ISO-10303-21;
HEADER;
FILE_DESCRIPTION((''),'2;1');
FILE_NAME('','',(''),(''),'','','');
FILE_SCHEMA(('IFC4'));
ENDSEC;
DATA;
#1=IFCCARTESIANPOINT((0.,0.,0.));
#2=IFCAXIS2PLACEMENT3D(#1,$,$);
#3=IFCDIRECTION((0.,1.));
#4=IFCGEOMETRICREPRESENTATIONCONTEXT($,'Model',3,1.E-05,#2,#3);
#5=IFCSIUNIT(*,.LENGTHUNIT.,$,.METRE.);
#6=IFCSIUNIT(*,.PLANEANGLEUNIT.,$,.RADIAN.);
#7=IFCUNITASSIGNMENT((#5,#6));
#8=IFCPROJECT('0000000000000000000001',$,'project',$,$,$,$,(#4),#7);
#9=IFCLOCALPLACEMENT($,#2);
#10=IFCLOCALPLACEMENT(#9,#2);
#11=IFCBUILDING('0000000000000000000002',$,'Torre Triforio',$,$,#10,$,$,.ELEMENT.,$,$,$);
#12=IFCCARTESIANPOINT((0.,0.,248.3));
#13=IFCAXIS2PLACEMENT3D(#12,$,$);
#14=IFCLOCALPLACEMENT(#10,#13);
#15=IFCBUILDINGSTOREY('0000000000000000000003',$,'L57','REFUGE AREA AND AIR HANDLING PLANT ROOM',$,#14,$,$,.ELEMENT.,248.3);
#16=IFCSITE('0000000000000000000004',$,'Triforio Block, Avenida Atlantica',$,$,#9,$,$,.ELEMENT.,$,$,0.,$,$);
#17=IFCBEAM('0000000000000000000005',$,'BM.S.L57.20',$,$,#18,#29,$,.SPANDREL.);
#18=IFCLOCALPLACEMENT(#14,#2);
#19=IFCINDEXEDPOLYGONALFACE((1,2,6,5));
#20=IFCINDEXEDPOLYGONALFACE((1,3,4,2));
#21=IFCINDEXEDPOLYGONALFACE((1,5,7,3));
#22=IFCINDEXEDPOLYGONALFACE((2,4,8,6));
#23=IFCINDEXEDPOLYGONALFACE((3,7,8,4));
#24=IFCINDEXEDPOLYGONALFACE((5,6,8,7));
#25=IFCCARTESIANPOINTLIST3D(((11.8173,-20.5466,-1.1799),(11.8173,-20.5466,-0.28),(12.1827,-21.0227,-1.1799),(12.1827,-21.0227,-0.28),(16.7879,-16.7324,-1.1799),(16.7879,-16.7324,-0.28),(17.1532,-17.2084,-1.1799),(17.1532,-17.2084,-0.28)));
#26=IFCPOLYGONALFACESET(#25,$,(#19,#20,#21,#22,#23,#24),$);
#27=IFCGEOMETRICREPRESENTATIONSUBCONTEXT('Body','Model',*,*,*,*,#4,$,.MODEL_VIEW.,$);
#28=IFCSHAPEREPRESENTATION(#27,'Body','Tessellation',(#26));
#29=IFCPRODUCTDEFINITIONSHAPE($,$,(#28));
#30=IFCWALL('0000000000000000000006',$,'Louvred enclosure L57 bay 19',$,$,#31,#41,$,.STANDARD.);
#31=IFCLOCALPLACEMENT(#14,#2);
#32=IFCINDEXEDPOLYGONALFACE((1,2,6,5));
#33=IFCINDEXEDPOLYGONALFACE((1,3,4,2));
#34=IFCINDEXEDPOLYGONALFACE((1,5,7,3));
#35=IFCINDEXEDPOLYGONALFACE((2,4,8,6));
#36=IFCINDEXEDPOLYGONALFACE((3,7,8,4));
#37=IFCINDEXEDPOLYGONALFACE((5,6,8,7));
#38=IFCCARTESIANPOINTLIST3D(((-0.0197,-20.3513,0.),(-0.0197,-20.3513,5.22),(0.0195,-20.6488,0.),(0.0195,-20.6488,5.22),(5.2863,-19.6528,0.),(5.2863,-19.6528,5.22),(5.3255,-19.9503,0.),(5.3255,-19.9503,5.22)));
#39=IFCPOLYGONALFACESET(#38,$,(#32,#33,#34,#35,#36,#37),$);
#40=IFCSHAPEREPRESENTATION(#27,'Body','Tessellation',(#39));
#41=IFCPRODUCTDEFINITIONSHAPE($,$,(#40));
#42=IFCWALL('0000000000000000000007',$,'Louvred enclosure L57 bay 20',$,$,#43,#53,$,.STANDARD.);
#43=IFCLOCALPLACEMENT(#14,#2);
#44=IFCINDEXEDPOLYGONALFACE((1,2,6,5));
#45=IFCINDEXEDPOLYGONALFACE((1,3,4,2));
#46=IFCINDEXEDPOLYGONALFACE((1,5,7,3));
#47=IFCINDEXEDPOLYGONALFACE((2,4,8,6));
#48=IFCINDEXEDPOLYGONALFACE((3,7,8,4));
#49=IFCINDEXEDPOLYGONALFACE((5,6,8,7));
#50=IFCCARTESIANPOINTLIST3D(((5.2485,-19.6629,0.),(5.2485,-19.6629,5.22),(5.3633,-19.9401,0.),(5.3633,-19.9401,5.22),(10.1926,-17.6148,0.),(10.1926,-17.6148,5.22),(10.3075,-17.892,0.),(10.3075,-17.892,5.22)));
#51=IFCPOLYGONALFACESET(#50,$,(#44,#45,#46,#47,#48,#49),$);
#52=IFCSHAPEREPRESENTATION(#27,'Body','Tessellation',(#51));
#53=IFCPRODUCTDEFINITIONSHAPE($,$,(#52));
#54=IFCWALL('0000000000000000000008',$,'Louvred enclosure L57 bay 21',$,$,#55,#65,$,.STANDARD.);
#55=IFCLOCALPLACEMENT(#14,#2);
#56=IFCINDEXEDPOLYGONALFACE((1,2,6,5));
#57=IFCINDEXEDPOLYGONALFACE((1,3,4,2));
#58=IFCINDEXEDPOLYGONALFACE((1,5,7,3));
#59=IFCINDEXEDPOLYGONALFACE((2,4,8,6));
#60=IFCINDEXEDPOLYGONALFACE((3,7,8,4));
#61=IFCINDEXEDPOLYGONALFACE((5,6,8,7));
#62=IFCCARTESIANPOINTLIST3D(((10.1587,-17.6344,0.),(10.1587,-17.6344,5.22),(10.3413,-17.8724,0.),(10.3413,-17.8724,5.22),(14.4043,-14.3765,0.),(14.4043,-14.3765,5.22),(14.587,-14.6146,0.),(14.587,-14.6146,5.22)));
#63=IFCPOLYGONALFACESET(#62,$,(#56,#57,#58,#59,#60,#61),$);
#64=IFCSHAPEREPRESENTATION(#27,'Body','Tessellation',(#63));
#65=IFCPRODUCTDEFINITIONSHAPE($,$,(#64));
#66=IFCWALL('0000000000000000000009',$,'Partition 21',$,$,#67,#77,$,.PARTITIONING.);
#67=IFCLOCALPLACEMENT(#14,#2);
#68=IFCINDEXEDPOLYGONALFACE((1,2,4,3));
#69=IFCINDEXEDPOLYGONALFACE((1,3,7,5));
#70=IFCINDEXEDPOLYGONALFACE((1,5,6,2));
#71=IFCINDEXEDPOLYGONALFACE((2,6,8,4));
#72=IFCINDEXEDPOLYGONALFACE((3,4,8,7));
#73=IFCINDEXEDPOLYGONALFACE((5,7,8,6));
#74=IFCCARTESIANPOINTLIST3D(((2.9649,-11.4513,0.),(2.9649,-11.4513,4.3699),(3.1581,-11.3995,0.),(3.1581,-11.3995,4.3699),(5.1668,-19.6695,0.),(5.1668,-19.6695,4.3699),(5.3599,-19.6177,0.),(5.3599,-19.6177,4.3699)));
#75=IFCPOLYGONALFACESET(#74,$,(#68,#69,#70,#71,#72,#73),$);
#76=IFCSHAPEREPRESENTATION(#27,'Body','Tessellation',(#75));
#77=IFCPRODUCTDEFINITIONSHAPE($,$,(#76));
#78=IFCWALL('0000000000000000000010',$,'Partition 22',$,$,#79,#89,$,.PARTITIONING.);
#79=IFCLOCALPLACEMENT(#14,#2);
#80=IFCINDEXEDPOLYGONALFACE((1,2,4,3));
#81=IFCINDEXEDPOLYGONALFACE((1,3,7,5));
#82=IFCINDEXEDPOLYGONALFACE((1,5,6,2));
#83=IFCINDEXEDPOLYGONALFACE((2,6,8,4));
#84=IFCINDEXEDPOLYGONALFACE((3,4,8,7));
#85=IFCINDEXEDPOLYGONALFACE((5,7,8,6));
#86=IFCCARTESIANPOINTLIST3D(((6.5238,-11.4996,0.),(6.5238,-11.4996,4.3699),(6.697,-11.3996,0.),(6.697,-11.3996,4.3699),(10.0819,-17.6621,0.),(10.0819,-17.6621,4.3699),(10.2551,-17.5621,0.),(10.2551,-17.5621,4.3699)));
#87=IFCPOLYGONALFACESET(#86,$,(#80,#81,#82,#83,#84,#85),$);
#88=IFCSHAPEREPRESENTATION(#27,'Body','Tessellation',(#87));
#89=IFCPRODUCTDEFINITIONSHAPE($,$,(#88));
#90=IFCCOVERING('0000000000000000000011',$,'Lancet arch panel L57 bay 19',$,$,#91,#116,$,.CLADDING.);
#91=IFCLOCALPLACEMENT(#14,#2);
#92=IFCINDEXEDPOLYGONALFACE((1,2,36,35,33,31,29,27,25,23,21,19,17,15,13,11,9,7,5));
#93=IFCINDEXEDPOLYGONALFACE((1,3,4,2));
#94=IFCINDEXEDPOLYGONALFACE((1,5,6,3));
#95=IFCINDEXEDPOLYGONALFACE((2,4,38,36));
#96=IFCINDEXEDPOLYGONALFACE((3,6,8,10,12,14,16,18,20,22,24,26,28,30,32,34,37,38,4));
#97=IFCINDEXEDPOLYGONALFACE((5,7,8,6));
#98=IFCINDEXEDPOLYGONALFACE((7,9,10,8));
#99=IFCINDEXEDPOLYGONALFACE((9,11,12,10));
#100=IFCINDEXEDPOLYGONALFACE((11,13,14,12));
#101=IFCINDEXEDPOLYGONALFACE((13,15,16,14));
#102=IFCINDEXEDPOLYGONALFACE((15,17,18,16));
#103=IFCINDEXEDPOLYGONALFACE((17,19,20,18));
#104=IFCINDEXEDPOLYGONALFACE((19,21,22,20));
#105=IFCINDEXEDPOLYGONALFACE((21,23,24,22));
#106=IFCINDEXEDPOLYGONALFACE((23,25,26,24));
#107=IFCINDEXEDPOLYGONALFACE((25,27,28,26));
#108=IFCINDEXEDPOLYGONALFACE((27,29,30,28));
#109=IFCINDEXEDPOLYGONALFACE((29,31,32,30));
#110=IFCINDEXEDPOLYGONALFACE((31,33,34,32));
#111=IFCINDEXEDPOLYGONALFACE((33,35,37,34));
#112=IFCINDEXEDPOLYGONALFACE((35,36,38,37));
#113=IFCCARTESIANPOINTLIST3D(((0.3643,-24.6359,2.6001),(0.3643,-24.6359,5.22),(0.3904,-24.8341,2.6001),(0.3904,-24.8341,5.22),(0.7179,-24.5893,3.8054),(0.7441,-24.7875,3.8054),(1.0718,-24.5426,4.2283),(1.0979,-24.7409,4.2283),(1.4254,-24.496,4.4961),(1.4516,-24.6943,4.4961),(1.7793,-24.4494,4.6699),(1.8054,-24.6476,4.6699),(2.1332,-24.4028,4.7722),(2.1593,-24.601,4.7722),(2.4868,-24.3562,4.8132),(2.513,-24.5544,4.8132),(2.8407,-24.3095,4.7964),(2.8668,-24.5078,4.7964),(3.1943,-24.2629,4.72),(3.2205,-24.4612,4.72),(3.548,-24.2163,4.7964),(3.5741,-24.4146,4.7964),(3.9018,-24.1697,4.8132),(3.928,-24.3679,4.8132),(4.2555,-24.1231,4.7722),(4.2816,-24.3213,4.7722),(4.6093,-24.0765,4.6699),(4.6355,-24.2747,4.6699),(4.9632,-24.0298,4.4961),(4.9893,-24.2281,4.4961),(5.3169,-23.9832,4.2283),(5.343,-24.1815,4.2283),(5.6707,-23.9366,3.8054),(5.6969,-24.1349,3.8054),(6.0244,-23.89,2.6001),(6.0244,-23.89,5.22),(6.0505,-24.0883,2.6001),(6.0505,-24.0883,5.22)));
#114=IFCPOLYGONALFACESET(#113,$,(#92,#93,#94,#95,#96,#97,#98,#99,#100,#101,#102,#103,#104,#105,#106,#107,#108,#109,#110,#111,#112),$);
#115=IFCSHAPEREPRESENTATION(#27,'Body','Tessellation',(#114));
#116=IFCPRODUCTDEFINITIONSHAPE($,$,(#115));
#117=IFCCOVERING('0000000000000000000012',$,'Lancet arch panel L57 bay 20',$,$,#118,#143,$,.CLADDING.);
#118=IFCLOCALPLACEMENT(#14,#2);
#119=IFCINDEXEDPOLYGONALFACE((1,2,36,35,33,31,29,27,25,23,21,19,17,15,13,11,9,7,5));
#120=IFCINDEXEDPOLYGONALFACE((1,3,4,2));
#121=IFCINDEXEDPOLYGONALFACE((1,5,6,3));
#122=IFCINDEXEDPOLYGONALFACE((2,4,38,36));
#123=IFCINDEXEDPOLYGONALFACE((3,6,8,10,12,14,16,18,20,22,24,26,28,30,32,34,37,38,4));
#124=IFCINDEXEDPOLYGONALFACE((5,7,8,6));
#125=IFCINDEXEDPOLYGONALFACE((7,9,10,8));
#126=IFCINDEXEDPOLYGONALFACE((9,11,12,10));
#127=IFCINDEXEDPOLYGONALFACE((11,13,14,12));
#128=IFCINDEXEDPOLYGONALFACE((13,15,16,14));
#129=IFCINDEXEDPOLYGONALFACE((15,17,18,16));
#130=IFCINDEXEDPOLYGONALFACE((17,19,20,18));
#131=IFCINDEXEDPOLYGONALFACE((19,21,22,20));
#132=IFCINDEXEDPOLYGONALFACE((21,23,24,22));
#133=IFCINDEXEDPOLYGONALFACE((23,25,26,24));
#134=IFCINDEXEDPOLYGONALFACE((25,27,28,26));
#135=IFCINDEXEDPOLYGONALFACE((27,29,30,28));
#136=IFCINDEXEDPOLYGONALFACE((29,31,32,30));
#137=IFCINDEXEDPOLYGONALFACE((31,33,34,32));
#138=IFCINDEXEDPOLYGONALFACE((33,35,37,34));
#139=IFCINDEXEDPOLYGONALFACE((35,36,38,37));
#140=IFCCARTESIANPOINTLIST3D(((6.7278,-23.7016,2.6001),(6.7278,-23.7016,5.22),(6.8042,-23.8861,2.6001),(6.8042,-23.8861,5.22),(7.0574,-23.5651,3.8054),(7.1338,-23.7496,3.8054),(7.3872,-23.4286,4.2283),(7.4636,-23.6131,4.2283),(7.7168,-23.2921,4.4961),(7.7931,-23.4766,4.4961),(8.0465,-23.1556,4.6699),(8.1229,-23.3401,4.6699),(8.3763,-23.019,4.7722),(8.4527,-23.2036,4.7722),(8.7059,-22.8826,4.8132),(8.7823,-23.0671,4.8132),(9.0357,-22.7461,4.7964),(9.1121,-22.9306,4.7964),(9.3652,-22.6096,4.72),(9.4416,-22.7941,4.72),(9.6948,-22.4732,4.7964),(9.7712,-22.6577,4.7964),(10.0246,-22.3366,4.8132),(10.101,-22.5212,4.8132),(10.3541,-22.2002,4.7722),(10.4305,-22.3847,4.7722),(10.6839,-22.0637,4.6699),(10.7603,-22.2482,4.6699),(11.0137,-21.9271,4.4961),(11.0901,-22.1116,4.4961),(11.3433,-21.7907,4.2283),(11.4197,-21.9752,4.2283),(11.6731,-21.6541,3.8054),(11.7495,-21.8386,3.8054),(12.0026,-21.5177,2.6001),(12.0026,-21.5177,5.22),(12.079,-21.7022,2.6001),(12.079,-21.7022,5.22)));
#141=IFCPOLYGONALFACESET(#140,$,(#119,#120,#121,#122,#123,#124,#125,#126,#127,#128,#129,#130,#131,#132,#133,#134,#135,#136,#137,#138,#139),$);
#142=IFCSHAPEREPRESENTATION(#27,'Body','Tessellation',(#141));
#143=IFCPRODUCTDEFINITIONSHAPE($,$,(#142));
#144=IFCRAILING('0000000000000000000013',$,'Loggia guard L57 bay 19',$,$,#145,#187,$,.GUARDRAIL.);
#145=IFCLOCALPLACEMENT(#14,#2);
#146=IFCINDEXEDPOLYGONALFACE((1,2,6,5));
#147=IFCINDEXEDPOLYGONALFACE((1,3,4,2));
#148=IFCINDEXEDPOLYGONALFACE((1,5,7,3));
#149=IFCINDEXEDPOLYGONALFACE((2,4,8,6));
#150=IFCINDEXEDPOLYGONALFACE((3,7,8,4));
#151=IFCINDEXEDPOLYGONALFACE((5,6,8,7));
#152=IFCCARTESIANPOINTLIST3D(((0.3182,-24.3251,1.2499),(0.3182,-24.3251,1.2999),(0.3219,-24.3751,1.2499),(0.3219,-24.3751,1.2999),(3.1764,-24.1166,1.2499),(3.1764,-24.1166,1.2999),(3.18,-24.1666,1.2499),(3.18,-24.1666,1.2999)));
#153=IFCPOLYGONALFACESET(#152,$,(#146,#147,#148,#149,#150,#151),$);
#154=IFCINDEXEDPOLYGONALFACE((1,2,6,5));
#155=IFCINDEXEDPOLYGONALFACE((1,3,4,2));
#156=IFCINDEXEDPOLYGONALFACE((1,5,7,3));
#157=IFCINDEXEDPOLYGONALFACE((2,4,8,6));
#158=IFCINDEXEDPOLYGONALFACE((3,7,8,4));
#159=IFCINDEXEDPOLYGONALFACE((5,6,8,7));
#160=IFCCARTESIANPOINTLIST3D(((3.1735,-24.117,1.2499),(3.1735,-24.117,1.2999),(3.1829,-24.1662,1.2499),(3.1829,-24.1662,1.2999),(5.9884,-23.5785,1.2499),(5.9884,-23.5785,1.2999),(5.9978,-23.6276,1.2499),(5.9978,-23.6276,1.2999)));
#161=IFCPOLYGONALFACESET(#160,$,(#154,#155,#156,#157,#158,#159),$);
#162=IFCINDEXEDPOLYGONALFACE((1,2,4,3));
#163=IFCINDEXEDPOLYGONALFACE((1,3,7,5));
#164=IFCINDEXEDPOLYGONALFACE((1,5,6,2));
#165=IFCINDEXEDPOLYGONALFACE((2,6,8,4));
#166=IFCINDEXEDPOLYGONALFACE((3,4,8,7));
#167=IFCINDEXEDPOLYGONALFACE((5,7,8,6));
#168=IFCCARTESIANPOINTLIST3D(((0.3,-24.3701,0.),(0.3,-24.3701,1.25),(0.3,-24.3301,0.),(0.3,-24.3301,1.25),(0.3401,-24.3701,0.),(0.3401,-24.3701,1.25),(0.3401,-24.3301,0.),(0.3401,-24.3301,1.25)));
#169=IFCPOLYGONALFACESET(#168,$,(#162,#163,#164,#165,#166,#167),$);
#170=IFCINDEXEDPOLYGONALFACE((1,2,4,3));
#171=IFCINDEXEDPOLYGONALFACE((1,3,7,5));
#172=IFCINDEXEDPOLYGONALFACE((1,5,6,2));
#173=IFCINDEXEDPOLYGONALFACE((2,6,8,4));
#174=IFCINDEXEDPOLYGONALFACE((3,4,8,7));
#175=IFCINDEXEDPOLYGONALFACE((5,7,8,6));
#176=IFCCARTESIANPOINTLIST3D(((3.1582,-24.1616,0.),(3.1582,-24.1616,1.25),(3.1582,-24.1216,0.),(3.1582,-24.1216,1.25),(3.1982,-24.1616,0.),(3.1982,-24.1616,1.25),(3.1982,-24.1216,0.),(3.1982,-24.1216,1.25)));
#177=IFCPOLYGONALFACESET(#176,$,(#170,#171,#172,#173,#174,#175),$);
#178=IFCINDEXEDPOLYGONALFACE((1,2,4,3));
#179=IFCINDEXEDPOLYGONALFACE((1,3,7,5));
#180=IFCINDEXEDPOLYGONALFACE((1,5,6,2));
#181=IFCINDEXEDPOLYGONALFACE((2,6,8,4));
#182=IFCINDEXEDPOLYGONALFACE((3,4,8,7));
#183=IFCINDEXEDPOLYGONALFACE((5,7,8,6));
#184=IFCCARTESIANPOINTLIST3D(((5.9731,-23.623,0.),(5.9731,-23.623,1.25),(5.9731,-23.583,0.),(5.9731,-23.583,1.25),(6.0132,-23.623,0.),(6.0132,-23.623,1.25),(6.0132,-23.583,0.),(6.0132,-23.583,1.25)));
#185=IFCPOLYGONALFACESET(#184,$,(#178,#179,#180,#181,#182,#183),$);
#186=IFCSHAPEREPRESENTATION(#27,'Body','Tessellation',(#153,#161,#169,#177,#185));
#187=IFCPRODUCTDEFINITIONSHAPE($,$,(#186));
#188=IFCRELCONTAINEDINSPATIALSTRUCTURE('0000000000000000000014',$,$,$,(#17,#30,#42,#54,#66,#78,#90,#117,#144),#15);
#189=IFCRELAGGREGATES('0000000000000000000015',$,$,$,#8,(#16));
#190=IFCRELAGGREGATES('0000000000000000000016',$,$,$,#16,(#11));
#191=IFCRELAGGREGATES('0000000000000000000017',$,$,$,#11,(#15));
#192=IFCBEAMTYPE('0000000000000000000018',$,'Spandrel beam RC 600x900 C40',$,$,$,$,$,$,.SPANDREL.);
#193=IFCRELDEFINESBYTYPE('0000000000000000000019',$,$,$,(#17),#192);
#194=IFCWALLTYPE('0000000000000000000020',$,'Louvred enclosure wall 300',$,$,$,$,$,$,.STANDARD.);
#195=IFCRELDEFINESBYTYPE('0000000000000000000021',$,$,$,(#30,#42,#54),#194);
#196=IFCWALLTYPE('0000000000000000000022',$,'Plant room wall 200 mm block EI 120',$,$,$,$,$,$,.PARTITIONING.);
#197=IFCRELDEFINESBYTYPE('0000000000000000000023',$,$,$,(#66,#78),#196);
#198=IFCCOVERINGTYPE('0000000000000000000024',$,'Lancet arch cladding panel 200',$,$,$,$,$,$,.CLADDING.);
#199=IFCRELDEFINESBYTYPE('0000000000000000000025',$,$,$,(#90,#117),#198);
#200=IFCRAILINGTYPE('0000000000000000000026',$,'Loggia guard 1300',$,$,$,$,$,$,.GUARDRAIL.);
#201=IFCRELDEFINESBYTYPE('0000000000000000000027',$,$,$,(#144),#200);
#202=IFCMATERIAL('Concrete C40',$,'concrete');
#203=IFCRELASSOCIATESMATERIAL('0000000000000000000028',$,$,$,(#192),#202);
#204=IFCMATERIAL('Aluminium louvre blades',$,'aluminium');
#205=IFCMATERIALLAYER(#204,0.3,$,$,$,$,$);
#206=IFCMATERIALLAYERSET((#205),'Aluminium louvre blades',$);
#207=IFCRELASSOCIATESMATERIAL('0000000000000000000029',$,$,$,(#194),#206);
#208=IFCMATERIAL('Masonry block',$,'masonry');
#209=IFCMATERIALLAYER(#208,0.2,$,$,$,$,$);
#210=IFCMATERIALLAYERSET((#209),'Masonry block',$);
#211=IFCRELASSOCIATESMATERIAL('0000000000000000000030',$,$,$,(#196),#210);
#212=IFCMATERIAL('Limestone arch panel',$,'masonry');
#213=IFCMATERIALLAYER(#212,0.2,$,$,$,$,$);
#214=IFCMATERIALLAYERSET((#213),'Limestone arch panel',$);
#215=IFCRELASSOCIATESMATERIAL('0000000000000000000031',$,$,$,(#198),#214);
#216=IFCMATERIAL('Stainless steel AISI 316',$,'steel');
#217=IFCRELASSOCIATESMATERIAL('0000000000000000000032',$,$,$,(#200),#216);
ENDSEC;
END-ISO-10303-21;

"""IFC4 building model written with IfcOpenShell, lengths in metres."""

from ifc_helpers import new_model, si_unit, direction, frame, frame_2d, origin, origin_2d, place, context, subcontext, project, spatial, polyline, rectangle, outline, extrude, material, layer, layer_set, material_profile, profile_set, type_object, element, save


model = new_model("IFC4")

# Units and contexts
model_context = context("Model", 3, precision=1e-05, world=origin(), true_north=direction((0.0, 1.0)))
body_context = subcontext(model_context, "Body", "Model", "MODEL_VIEW")
ifc_project = project(units=[si_unit("LENGTHUNIT", "METRE"), si_unit("PLANEANGLEUNIT", "RADIAN")], contexts=[model_context])

# Site, building, storey
site_placement = place(None, origin())
site = spatial("IfcSite", under=ifc_project, at=site_placement, Name="Triforio Block, Avenida Atlantica", CompositionType="ELEMENT", RefElevation=0.0)
building_placement = place(site_placement, origin())
building = spatial("IfcBuilding", under=site, at=building_placement, Name="Torre Triforio", CompositionType="ELEMENT")
storey_placement = place(building_placement, frame((0.0, 0.0, 248.3)))
storey = spatial("IfcBuildingStorey", under=building, at=storey_placement, Name="L57", Description="REFUGE AREA AND AIR HANDLING PLANT ROOM", CompositionType="ELEMENT", Elevation=248.3)

# Beam
ifc_material_1 = material(Name="Concrete C40", Category="concrete")
ifc_material_profile_1 = material_profile(ifc_material_1, rectangle(XDim=0.6001, YDim=0.8999, at=origin_2d()), Name="RC 600x900")
ifc_profile_set_1 = profile_set([ifc_material_profile_1], Name="Concrete C40")
beam_type = type_object("IfcBeamType", Name="Spandrel beam RC 600x900 C40", PredefinedType="SPANDREL", material=ifc_profile_set_1)
beam_1_placement = place(storey_placement, frame((12.0, -20.7847, -0.73), z_axis=(0.793335, 0.608786, 0.0), x_axis=(-0.608786, 0.793335, 0.0)))
element("IfcBeam", 1, at=beam_1_placement, inside=storey, type_object=beam_type, Name="BM.S.L57.20", PredefinedType="SPANDREL", context=body_context, shape_type="SweptSolid", body=[
    extrude(rectangle(XDim=0.6001, YDim=0.8999, at=origin_2d()), origin(), (0.0, 0.0, 1.0), 6.2654),
])

# Walls
ifc_material_2 = material(Name="Aluminium louvre blades", Category="aluminium")
ifc_layer_1 = layer(ifc_material_2, 0.3)
ifc_layer_set_1 = layer_set([ifc_layer_1], Name="Aluminium louvre blades")
wall_type_1 = type_object("IfcWallType", Name="Louvred enclosure wall 300", PredefinedType="STANDARD", material=ifc_layer_set_1)
wall_1_placement = place(storey_placement, frame((0.0, -20.5, 0.0), z_axis=(0.0, 0.0, 1.0), x_axis=(0.991446, 0.130517, 0.0)))
element("IfcWall", 2, at=wall_1_placement, inside=storey, type_object=wall_type_1, Name="Louvred enclosure L57 bay 19", PredefinedType="STANDARD", context=body_context, shape_type="SweptSolid", body=[
    extrude(rectangle(XDim=5.3518, YDim=0.3, at=frame_2d((2.6758, 0.0))), origin(), (0.0, 0.0, 1.0), 5.22),
])
for number, where, z_axis, x_axis, name in (
    (3, (5.3059, -19.8015, 0.0), (0.0, 0.0, 1.0), (0.923867, 0.382713, 0.0), "Louvred enclosure L57 bay 20"),
    (4, (10.25, -17.7534, 0.0), (0.0, 0.0, 1.0), (0.793349, 0.608767, 0.0), "Louvred enclosure L57 bay 21"),
):
    element("IfcWall", number, at=place(storey_placement, frame(where, z_axis=z_axis, x_axis=x_axis)), inside=storey, type_object=wall_type_1, Name=name, PredefinedType="STANDARD", context=body_context, shape_type="SweptSolid", body=[
        extrude(rectangle(XDim=5.3516, YDim=0.3, at=frame_2d((2.6758, 0.0))), origin(), (0.0, 0.0, 1.0), 5.22),
    ])
ifc_material_3 = material(Name="Masonry block", Category="masonry")
ifc_layer_2 = layer(ifc_material_3, 0.2)
ifc_layer_set_2 = layer_set([ifc_layer_2], Name="Masonry block")
wall_type_2 = type_object("IfcWallType", Name="Plant room wall 200 mm block EI 120", PredefinedType="PARTITIONING", material=ifc_layer_set_2)
wall_2_placement = place(storey_placement, frame((3.0615, -11.4255, 0.0), z_axis=(0.0, 0.0, 1.0), x_axis=(0.2588, -0.965931, 0.0)))
element("IfcWall", 5, at=wall_2_placement, inside=storey, type_object=wall_type_2, Name="Partition 21", PredefinedType="PARTITIONING", context=body_context, shape_type="SweptSolid", body=[
    extrude(rectangle(XDim=8.5081, YDim=0.2, at=frame_2d((4.2539, 0.0))), origin(), (0.0, 0.0, 1.0), 4.3699),
])
wall_3_placement = place(storey_placement, frame((6.6104, -11.4495, 0.0), z_axis=(0.0, 0.0, 1.0), x_axis=(0.500013, -0.866018, 0.0)))
element("IfcWall", 6, at=wall_3_placement, inside=storey, type_object=wall_type_2, Name="Partition 22", PredefinedType="PARTITIONING", context=body_context, shape_type="SweptSolid", body=[
    extrude(rectangle(XDim=7.116, YDim=0.2, at=frame_2d((3.5581, 0.0))), origin(), (0.0, 0.0, 1.0), 4.3699),
])

# Coverings
ifc_material_4 = material(Name="Limestone arch panel", Category="masonry")
ifc_layer_3 = layer(ifc_material_4, 0.2)
ifc_layer_set_3 = layer_set([ifc_layer_3], Name="Limestone arch panel")
covering_type_1 = type_object("IfcCoveringType", Name="Lancet arch cladding panel 200", PredefinedType="CLADDING", material=ifc_layer_set_3)
covering_1_placement = place(storey_placement, frame((3.1943, -24.2629, 0.0), z_axis=(0.130644, -0.991429, 0.0), x_axis=(0.991429, 0.130644, 0.0)))
element("IfcCovering", 7, at=covering_1_placement, inside=storey, type_object=covering_type_1, Name="Lancet arch panel L57 bay 19", PredefinedType="CLADDING", context=body_context, shape_type="SweptSolid", body=[
    extrude(outline(polyline([(-2.8545, 5.22), (-2.8545, 2.6001), (-2.4978, 3.8054), (-2.1409, 4.2283), (-1.7842, 4.4961), (-1.4272, 4.6699), (-1.0703, 4.7722), (-0.7136, 4.8132), (-0.3567, 4.7964), (0.0, 4.72), (0.3567, 4.7964), (0.7136, 4.8132), (1.0703, 4.7722), (1.4272, 4.6699), (1.7842, 4.4961), (2.1409, 4.2283), (2.4978, 3.8054), (2.8545, 2.6001), (2.8545, 5.22), (-2.8545, 5.22)])), origin(), (0.0, 0.0, 1.0), 0.2),
])
covering_2_placement = place(storey_placement, frame((9.3652, -22.6096, 0.0), z_axis=(0.382532, -0.923942, 0.0), x_axis=(0.923942, 0.382532, 0.0)))
element("IfcCovering", 8, at=covering_2_placement, inside=storey, type_object=covering_type_1, Name="Lancet arch panel L57 bay 20", PredefinedType="CLADDING", context=body_context, shape_type="SweptSolid", body=[
    extrude(outline(polyline([(-2.8545, 5.22), (-2.8545, 2.6001), (-2.4978, 3.8054), (-2.1409, 4.2283), (-1.7842, 4.4961), (-1.4272, 4.6699), (-1.0703, 4.7722), (-0.7136, 4.8132), (-0.3567, 4.7964), (0.0, 4.72), (0.3567, 4.7964), (0.7136, 4.8132), (1.0703, 4.7722), (1.4272, 4.6699), (1.7842, 4.4961), (2.1409, 4.2283), (2.4978, 3.8054), (2.8545, 2.6001), (2.8545, 5.22), (-2.8545, 5.22)])), origin(), (0.0, 0.0, 1.0), 0.1997),
])

# Railing
ifc_material_5 = material(Name="Stainless steel AISI 316", Category="steel")
railing_type = type_object("IfcRailingType", Name="Loggia guard 1300", PredefinedType="GUARDRAIL", material=ifc_material_5)
railing_1_placement = place(storey_placement, frame((0.3201, -24.3501, 0.0)))
element("IfcRailing", 9, at=railing_1_placement, inside=storey, type_object=railing_type, Name="Loggia guard L57 bay 19", PredefinedType="GUARDRAIL", context=body_context, shape_type="SweptSolid", body=[
    extrude(rectangle(XDim=0.05, YDim=0.05, at=origin_2d()), frame((0.0, 0.0, 1.2749), z_axis=(0.99735, 0.072754, 0.0), x_axis=(-0.072754, 0.99735, 0.0)), (0.0, 0.0, 1.0), 2.8657),
    extrude(rectangle(XDim=0.05, YDim=0.05, at=origin_2d()), frame((2.8582, 0.2085, 1.2749), z_axis=(0.982185, 0.187918, 0.0), x_axis=(-0.187918, 0.982185, 0.0)), (0.0, 0.0, 1.0), 2.866),
    extrude(rectangle(XDim=0.04, YDim=0.04, at=origin_2d()), origin(), (0.0, 0.0, 1.0), 1.25),
    extrude(rectangle(XDim=0.04, YDim=0.04, at=origin_2d()), frame((2.8582, 0.2085, 0.0)), (0.0, 0.0, 1.0), 1.25),
    extrude(rectangle(XDim=0.04, YDim=0.04, at=origin_2d()), frame((5.6731, 0.7471, 0.0)), (0.0, 0.0, 1.0), 1.25),
])

save(model, "model.ifc")
